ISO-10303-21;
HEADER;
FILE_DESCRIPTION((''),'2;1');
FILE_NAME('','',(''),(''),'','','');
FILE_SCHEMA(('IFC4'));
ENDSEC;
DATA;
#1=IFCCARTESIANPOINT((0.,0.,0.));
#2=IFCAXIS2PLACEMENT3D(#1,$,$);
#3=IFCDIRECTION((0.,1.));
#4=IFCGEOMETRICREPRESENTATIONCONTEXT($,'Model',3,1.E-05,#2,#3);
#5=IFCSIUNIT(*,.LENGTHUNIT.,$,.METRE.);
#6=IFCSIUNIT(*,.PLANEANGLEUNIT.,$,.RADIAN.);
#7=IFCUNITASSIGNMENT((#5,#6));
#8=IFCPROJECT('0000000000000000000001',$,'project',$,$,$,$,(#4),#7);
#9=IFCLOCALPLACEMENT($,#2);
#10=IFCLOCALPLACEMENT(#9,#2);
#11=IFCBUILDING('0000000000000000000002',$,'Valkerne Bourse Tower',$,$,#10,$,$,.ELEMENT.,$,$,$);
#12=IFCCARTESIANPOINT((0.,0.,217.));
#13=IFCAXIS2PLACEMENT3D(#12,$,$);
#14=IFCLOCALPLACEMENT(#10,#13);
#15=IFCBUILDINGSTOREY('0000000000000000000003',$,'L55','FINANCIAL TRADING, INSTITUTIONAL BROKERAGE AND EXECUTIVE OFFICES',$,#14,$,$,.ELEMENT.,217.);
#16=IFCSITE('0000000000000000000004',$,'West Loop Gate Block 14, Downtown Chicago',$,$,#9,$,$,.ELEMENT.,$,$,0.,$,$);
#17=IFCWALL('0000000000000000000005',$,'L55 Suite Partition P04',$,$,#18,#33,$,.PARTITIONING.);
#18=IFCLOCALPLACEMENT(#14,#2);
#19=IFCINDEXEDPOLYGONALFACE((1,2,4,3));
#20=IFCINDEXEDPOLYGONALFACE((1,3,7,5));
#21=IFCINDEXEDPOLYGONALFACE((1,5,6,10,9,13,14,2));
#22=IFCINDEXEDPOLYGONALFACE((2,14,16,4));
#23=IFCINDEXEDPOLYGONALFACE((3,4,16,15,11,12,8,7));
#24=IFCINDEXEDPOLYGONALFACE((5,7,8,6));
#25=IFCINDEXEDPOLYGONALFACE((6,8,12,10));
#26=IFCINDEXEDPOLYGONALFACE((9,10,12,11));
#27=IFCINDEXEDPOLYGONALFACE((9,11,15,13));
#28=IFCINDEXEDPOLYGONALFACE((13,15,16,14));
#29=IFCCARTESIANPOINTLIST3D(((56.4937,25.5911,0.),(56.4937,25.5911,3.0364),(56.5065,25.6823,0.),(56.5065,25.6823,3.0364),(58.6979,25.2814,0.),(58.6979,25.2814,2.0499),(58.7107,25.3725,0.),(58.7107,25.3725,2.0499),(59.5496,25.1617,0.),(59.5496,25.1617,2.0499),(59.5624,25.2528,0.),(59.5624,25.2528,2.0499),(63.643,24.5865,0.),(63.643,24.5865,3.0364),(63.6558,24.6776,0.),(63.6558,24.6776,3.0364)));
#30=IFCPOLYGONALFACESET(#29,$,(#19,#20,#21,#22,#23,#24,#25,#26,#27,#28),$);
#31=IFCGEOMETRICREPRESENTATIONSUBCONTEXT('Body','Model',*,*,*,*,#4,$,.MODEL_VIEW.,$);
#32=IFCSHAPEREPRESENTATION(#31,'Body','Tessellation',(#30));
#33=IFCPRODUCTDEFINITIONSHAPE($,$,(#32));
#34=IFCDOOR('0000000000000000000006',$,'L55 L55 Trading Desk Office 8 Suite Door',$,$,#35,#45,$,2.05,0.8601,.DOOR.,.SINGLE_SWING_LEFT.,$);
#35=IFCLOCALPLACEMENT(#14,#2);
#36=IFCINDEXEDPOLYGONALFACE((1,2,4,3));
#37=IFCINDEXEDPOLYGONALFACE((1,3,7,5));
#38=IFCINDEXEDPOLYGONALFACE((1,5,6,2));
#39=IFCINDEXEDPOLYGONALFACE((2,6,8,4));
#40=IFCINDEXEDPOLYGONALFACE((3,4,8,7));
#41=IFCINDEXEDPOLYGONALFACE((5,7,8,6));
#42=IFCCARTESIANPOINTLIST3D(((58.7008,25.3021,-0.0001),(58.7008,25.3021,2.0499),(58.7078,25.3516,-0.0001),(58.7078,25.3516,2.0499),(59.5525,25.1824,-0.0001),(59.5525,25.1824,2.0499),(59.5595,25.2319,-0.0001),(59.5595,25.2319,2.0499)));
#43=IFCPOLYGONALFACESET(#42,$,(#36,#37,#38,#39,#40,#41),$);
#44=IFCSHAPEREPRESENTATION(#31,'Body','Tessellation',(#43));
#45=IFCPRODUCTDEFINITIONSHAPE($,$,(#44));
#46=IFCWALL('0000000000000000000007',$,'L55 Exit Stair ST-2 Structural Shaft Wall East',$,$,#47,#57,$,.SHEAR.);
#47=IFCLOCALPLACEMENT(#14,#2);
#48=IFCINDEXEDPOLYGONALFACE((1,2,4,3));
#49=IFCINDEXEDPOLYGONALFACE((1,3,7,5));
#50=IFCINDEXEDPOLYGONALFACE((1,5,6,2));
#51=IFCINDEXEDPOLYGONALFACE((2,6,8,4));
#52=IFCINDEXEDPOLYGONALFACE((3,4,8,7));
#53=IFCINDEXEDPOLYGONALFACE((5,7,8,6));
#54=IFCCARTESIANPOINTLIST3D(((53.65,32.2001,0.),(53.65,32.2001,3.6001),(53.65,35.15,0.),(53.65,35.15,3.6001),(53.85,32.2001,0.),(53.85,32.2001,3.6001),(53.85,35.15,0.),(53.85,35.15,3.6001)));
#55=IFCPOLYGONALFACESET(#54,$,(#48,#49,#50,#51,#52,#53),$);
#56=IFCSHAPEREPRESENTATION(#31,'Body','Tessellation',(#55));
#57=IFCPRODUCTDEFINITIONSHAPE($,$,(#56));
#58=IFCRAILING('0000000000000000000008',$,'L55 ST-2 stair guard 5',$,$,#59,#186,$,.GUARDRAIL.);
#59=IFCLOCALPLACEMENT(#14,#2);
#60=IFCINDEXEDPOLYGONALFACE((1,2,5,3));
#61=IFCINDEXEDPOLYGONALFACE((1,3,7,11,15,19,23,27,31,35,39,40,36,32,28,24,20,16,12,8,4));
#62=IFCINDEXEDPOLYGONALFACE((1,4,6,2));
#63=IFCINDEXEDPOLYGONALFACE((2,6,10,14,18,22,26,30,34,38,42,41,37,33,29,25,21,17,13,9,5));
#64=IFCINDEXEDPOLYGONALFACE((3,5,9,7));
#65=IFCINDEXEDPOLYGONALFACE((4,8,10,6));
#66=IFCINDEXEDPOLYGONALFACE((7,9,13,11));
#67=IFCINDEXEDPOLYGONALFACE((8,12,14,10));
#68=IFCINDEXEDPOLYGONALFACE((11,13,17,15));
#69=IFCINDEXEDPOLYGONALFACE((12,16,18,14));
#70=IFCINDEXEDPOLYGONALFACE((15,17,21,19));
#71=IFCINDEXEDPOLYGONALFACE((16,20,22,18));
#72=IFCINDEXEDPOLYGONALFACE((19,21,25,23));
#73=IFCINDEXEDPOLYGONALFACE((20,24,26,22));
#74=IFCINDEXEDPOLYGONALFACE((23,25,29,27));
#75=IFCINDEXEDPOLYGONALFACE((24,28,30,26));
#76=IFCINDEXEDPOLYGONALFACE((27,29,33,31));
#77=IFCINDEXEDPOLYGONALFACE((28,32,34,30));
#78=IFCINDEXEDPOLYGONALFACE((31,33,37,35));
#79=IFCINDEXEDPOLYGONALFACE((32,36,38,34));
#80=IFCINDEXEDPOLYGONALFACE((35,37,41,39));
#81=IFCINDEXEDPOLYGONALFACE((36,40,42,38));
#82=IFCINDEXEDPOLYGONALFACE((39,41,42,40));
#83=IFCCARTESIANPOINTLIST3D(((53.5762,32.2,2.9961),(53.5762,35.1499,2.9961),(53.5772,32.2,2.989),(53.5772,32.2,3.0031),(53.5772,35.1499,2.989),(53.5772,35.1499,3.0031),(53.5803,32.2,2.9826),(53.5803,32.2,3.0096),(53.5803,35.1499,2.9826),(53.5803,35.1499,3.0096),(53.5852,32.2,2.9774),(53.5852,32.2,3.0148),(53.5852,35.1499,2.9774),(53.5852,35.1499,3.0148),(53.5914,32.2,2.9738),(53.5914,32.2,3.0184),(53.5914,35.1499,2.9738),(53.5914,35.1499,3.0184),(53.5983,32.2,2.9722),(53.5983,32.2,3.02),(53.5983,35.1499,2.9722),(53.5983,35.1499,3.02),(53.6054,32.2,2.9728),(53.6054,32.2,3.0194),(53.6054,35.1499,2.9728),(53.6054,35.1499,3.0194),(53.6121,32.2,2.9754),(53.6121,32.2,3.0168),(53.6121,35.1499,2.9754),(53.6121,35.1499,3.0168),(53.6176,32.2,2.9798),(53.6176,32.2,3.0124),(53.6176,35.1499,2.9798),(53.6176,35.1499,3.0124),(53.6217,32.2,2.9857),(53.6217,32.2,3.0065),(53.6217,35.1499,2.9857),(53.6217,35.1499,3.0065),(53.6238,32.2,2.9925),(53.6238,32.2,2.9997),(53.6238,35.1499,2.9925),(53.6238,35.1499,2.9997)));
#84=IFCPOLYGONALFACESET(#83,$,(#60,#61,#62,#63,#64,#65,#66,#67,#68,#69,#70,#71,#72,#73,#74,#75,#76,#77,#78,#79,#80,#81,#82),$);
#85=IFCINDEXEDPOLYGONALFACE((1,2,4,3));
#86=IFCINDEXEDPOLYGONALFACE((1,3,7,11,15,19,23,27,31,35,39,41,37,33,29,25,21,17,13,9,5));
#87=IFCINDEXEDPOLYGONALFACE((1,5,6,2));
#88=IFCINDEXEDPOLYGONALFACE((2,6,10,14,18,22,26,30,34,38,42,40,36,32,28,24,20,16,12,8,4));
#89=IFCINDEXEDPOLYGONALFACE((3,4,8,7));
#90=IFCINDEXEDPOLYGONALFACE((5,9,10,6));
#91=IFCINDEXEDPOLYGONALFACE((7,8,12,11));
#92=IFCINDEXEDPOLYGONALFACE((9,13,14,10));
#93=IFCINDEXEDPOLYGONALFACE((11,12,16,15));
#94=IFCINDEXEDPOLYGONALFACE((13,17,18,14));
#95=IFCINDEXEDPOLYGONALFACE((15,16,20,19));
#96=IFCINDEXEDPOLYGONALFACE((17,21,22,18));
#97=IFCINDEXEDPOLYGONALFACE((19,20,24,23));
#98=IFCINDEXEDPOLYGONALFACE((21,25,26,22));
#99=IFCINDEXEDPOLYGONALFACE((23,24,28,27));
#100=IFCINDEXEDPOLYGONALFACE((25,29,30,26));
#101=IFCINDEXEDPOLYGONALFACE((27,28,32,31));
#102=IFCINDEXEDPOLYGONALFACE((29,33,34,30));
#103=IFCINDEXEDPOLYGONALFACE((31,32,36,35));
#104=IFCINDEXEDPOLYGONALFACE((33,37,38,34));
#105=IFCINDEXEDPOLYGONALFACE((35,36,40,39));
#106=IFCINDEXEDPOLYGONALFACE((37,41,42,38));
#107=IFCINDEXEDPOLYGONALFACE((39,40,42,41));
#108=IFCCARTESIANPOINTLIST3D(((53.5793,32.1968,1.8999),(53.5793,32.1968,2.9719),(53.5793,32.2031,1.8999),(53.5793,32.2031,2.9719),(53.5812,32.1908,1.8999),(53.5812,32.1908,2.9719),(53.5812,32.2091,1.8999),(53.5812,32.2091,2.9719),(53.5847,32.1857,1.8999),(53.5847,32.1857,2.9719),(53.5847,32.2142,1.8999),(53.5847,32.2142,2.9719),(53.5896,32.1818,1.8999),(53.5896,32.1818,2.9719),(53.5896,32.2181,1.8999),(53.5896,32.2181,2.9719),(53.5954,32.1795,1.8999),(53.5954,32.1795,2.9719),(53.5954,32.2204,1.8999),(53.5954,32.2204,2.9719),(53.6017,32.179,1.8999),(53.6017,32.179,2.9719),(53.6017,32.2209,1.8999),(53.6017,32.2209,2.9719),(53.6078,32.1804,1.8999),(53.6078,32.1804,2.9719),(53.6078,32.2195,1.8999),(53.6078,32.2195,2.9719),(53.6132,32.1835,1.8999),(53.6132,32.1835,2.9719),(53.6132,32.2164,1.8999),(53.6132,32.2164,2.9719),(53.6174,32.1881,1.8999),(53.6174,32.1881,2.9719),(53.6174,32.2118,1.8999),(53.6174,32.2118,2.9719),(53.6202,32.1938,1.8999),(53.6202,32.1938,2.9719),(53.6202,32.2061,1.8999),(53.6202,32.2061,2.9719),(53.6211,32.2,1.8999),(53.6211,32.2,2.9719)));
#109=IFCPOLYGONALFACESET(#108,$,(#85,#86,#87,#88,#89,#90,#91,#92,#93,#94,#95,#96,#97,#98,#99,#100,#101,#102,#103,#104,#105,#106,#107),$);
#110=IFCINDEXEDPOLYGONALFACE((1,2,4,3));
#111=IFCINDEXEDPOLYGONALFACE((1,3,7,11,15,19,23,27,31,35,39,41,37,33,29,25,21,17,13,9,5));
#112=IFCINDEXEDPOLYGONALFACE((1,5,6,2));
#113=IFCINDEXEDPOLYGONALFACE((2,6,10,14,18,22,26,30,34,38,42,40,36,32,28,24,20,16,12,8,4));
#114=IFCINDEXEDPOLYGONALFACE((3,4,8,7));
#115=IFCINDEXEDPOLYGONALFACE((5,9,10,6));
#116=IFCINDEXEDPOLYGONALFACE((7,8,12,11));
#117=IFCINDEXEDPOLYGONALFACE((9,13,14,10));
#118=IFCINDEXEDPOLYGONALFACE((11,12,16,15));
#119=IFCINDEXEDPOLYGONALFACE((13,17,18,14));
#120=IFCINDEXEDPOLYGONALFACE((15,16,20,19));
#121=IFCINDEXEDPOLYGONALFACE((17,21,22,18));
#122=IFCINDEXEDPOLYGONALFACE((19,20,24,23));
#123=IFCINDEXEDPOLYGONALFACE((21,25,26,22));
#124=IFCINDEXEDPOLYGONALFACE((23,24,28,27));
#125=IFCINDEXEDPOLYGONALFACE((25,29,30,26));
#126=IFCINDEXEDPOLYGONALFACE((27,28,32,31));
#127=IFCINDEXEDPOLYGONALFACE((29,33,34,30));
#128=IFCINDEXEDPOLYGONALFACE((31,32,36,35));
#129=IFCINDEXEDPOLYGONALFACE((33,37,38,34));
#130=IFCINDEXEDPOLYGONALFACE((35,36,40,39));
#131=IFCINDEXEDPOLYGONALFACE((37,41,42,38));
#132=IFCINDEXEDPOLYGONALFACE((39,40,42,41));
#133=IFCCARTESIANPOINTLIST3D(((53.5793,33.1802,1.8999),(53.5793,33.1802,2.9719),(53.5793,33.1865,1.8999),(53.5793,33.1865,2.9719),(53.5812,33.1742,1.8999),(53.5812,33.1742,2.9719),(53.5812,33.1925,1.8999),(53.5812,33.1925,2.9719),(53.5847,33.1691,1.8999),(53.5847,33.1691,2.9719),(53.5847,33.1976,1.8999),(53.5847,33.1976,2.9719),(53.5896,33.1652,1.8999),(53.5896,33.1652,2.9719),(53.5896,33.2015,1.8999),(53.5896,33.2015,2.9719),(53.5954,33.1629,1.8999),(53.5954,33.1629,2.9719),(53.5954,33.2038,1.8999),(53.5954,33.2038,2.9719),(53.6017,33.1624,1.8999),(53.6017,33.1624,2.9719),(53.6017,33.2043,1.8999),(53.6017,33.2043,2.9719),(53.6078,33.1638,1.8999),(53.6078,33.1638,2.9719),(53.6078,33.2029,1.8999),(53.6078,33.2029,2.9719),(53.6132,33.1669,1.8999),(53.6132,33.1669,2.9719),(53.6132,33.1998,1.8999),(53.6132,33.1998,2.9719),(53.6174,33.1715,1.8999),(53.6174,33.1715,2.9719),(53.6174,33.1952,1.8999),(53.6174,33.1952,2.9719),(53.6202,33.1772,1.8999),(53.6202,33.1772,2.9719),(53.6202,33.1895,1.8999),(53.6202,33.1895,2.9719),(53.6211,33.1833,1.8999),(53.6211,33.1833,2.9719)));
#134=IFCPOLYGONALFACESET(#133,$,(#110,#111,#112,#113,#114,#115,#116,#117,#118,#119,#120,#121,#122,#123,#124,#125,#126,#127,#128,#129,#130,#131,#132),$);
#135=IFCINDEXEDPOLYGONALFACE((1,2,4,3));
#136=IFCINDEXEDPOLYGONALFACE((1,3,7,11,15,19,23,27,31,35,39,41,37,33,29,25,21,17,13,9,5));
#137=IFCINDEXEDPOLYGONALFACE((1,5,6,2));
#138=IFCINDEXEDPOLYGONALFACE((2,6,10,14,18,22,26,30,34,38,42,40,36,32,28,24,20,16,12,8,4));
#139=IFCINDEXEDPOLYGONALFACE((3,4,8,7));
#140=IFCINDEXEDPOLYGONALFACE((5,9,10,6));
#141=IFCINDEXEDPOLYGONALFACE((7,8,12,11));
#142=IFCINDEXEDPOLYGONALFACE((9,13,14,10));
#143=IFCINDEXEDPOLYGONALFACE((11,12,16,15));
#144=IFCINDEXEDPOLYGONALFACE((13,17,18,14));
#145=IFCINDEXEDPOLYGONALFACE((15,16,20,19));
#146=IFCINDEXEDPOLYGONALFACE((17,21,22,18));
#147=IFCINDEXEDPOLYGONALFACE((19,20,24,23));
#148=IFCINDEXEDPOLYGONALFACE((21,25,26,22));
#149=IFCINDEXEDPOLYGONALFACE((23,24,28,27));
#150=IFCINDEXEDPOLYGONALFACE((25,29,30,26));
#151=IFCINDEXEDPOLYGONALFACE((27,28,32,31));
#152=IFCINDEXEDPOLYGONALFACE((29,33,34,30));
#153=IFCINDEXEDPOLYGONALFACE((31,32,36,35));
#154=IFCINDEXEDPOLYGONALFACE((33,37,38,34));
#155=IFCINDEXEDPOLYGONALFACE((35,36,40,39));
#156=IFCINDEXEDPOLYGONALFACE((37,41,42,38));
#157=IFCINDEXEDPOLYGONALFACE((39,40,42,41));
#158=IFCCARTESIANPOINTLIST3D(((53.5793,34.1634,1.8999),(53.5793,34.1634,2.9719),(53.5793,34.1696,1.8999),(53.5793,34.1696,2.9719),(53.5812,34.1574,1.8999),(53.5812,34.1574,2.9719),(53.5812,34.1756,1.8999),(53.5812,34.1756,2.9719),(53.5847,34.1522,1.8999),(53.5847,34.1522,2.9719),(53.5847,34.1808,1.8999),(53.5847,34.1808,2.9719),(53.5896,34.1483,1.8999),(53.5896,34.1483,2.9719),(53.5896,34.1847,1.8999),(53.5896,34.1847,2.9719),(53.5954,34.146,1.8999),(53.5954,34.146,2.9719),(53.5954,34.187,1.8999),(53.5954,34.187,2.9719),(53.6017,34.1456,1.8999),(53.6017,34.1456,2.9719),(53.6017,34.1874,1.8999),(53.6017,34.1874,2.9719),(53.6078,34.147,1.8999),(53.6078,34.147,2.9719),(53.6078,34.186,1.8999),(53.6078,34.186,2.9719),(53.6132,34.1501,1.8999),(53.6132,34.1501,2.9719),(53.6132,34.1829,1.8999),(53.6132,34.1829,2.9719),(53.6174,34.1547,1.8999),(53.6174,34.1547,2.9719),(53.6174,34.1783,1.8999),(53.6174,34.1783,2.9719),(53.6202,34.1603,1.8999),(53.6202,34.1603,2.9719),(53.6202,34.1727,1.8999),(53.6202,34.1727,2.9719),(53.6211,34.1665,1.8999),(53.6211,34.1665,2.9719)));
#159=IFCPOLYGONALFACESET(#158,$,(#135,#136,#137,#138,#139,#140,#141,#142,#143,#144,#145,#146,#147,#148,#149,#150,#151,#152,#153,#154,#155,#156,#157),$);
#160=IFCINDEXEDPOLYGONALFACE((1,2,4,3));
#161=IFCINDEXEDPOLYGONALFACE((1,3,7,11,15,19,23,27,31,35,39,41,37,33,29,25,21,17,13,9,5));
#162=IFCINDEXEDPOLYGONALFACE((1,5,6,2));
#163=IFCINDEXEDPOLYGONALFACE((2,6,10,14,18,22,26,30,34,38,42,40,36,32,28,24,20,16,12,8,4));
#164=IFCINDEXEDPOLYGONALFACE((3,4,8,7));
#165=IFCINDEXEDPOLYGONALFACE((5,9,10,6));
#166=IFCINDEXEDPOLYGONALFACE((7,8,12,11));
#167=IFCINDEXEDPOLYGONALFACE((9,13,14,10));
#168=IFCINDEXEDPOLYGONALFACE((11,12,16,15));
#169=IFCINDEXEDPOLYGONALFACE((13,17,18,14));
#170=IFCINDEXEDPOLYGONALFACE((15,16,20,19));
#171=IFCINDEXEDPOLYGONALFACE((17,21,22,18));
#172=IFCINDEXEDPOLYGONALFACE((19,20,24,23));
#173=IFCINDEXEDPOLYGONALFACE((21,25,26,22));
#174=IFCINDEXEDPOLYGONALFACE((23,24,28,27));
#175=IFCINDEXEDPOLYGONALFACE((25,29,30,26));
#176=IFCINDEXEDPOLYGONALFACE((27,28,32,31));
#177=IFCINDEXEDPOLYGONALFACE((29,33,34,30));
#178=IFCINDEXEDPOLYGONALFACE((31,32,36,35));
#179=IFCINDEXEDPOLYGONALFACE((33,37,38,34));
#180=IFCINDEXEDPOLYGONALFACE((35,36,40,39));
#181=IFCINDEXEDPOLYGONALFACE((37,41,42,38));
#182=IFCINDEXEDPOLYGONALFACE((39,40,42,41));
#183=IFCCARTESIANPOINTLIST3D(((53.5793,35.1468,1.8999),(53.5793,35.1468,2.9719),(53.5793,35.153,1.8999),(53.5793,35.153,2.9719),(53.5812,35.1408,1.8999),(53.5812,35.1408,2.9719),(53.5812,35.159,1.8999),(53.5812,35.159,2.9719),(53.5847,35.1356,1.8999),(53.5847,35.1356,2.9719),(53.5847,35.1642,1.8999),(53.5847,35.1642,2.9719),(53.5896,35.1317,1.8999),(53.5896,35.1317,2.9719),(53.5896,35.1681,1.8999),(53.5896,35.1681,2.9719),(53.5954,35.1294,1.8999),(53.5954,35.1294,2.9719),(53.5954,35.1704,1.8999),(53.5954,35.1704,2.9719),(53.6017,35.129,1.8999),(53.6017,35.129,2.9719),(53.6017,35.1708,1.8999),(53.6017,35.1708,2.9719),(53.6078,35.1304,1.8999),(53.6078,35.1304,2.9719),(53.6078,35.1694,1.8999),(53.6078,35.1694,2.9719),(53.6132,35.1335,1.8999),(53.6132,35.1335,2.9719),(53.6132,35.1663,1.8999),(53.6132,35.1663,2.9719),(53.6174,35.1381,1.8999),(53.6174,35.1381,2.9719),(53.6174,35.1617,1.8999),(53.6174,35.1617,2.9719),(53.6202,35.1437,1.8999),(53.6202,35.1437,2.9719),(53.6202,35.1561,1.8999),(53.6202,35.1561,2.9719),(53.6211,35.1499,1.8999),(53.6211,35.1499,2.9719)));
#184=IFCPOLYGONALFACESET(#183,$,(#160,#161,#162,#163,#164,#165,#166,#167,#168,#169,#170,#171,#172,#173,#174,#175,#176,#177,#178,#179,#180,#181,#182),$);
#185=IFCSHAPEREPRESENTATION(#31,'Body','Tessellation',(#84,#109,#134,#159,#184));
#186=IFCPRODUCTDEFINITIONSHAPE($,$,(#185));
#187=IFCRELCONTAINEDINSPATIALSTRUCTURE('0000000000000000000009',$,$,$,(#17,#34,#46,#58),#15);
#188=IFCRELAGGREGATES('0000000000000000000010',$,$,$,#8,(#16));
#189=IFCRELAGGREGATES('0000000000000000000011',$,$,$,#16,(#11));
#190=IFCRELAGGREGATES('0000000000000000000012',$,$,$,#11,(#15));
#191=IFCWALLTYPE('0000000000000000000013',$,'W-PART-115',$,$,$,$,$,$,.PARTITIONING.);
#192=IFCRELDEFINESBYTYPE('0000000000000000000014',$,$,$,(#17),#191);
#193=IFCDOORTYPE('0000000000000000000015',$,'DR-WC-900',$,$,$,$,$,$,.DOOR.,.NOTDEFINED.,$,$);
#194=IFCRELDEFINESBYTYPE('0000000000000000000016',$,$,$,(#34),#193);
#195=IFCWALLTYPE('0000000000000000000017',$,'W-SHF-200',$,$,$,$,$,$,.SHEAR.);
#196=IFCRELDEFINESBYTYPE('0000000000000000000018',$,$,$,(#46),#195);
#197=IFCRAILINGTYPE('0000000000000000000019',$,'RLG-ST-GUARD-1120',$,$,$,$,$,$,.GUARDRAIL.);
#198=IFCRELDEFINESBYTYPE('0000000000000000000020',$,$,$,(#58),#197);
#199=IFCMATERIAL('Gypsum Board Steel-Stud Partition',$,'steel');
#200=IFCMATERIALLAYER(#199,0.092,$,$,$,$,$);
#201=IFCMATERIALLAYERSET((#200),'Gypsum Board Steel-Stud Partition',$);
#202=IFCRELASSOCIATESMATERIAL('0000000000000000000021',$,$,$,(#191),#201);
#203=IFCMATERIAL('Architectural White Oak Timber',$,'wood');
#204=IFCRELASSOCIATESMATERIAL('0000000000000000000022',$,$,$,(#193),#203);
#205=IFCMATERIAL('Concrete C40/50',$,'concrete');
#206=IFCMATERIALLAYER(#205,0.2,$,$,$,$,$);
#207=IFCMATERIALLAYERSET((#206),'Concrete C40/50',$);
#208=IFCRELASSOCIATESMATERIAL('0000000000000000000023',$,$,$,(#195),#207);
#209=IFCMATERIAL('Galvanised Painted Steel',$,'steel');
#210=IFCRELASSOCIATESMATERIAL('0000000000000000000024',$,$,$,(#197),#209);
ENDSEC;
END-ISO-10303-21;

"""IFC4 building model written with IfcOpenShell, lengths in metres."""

from ifc_helpers import new_model, si_unit, direction, frame, frame_2d, origin, origin_2d, place, context, subcontext, project, spatial, rectangle, circle, extrude, material, layer, layer_set, type_object, element, fill, save


model = new_model("IFC4")

# Units and contexts
model_context = context("Model", 3, precision=1e-05, world=origin(), true_north=direction((0.0, 1.0)))
body_context = subcontext(model_context, "Body", "Model", "MODEL_VIEW")
ifc_project = project(units=[si_unit("LENGTHUNIT", "METRE"), si_unit("PLANEANGLEUNIT", "RADIAN")], contexts=[model_context])

# Site, building, storey
site_placement = place(None, origin())
site = spatial("IfcSite", under=ifc_project, at=site_placement, Name="West Loop Gate Block 14, Downtown Chicago", CompositionType="ELEMENT", RefElevation=0.0)
building_placement = place(site_placement, origin())
building = spatial("IfcBuilding", under=site, at=building_placement, Name="Valkerne Bourse Tower", CompositionType="ELEMENT")
storey_placement = place(building_placement, frame((0.0, 0.0, 217.0)))
storey = spatial("IfcBuildingStorey", under=building, at=storey_placement, Name="L55", Description="FINANCIAL TRADING, INSTITUTIONAL BROKERAGE AND EXECUTIVE OFFICES", CompositionType="ELEMENT", Elevation=217.0)

# Wall, opening, door
ifc_material_1 = material(Name="Gypsum Board Steel-Stud Partition", Category="steel")
ifc_layer_1 = layer(ifc_material_1, 0.092)
ifc_layer_set_1 = layer_set([ifc_layer_1], Name="Gypsum Board Steel-Stud Partition")
wall_type_1 = type_object("IfcWallType", Name="W-PART-115", PredefinedType="PARTITIONING", material=ifc_layer_set_1)
wall_1_placement = place(storey_placement, frame((56.5, 25.6367, 0.0), z_axis=(0.0, 0.0, 1.0), x_axis=(0.99027, -0.139158, 0.0)))
wall_1 = element("IfcWall", 1, at=wall_1_placement, inside=storey, type_object=wall_type_1, Name="L55 Suite Partition P04", PredefinedType="PARTITIONING", context=body_context, shape_type="SweptSolid", body=[
    extrude(rectangle(XDim=7.2195, YDim=0.092, at=frame_2d((3.6099, 0.0))), origin(), (0.0, 0.0, 1.0), 3.0364),
])
opening_1_placement = place(wall_1_placement, frame((2.2258, 0.0, 0.0)))
opening_1 = element("IfcOpeningElement", 2, at=opening_1_placement, cuts=wall_1, PredefinedType="OPENING", context=body_context, shape_type="SweptSolid", body=[
    extrude(rectangle(XDim=0.8601, YDim=2.05, at=frame_2d((0.4302, 1.0249))), frame((0.0, 0.0559, 0.0), z_axis=(0.0, -1.0, 0.0), x_axis=(1.0, 0.0, 0.0)), (0.0, 0.0, 1.0), 0.1121),
])
ifc_material_2 = material(Name="Architectural White Oak Timber", Category="wood")
door_type_1 = type_object("IfcDoorType", Name="DR-WC-900", OperationType="NOTDEFINED", PredefinedType="DOOR", material=ifc_material_2)
door_1_placement = place(opening_1_placement, origin())
door_1 = element("IfcDoor", 3, at=door_1_placement, inside=storey, type_object=door_type_1, Name="L55 L55 Trading Desk Office 8 Suite Door", OperationType="SINGLE_SWING_LEFT", OverallHeight=2.05, OverallWidth=0.8601, PredefinedType="DOOR", context=body_context, shape_type="SweptSolid", body=[
    extrude(rectangle(XDim=0.8601, YDim=2.05, at=frame_2d((0.4302, 1.0249))), frame((0.0, 0.0249, 0.0), z_axis=(0.0, -1.0, 0.0), x_axis=(1.0, 0.0, 0.0)), (0.0, 0.0, 1.0), 0.05),
])
fill(opening_1, door_1)

# Wall
ifc_material_3 = material(Name="Concrete C40/50", Category="concrete")
ifc_layer_2 = layer(ifc_material_3, 0.2)
ifc_layer_set_2 = layer_set([ifc_layer_2], Name="Concrete C40/50")
wall_type_2 = type_object("IfcWallType", Name="W-SHF-200", PredefinedType="SHEAR", material=ifc_layer_set_2)
wall_2_placement = place(storey_placement, frame((53.75, 32.2, 0.0), z_axis=(0.0, 0.0, 1.0), x_axis=(0.0, 1.0, 0.0)))
element("IfcWall", 4, at=wall_2_placement, inside=storey, type_object=wall_type_2, Name="L55 Exit Stair ST-2 Structural Shaft Wall East", PredefinedType="SHEAR", context=body_context, shape_type="SweptSolid", body=[
    extrude(rectangle(XDim=2.95, YDim=0.2, at=frame_2d((1.4751, 0.0))), origin(), (0.0, 0.0, 1.0), 3.6001),
])

# Railing
ifc_material_4 = material(Name="Galvanised Painted Steel", Category="steel")
railing_type = type_object("IfcRailingType", Name="RLG-ST-GUARD-1120", PredefinedType="GUARDRAIL", material=ifc_material_4)
railing_1_placement = place(storey_placement, frame((53.6001, 32.2, 1.8999)))
element("IfcRailing", 5, at=railing_1_placement, inside=storey, type_object=railing_type, Name="L55 ST-2 stair guard 5", PredefinedType="GUARDRAIL", context=body_context, shape_type="SweptSolid", body=[
    extrude(circle(Radius=0.0239, at=origin_2d()), frame((0.0, 0.0, 1.0962), z_axis=(0.0, 1.0, 0.0), x_axis=(-1.0, 0.0, 0.0)), (0.0, 0.0, 1.0), 2.95),
    extrude(circle(Radius=0.021, at=origin_2d()), origin(), (0.0, 0.0, 1.0), 1.072),
    extrude(circle(Radius=0.021, at=origin_2d()), frame((0.0, 0.9834, 0.0)), (0.0, 0.0, 1.0), 1.072),
    extrude(circle(Radius=0.021, at=origin_2d()), frame((0.0, 1.9666, 0.0)), (0.0, 0.0, 1.0), 1.072),
    extrude(circle(Radius=0.021, at=origin_2d()), frame((0.0, 2.95, 0.0)), (0.0, 0.0, 1.0), 1.072),
])

save(model, "model.ifc")
